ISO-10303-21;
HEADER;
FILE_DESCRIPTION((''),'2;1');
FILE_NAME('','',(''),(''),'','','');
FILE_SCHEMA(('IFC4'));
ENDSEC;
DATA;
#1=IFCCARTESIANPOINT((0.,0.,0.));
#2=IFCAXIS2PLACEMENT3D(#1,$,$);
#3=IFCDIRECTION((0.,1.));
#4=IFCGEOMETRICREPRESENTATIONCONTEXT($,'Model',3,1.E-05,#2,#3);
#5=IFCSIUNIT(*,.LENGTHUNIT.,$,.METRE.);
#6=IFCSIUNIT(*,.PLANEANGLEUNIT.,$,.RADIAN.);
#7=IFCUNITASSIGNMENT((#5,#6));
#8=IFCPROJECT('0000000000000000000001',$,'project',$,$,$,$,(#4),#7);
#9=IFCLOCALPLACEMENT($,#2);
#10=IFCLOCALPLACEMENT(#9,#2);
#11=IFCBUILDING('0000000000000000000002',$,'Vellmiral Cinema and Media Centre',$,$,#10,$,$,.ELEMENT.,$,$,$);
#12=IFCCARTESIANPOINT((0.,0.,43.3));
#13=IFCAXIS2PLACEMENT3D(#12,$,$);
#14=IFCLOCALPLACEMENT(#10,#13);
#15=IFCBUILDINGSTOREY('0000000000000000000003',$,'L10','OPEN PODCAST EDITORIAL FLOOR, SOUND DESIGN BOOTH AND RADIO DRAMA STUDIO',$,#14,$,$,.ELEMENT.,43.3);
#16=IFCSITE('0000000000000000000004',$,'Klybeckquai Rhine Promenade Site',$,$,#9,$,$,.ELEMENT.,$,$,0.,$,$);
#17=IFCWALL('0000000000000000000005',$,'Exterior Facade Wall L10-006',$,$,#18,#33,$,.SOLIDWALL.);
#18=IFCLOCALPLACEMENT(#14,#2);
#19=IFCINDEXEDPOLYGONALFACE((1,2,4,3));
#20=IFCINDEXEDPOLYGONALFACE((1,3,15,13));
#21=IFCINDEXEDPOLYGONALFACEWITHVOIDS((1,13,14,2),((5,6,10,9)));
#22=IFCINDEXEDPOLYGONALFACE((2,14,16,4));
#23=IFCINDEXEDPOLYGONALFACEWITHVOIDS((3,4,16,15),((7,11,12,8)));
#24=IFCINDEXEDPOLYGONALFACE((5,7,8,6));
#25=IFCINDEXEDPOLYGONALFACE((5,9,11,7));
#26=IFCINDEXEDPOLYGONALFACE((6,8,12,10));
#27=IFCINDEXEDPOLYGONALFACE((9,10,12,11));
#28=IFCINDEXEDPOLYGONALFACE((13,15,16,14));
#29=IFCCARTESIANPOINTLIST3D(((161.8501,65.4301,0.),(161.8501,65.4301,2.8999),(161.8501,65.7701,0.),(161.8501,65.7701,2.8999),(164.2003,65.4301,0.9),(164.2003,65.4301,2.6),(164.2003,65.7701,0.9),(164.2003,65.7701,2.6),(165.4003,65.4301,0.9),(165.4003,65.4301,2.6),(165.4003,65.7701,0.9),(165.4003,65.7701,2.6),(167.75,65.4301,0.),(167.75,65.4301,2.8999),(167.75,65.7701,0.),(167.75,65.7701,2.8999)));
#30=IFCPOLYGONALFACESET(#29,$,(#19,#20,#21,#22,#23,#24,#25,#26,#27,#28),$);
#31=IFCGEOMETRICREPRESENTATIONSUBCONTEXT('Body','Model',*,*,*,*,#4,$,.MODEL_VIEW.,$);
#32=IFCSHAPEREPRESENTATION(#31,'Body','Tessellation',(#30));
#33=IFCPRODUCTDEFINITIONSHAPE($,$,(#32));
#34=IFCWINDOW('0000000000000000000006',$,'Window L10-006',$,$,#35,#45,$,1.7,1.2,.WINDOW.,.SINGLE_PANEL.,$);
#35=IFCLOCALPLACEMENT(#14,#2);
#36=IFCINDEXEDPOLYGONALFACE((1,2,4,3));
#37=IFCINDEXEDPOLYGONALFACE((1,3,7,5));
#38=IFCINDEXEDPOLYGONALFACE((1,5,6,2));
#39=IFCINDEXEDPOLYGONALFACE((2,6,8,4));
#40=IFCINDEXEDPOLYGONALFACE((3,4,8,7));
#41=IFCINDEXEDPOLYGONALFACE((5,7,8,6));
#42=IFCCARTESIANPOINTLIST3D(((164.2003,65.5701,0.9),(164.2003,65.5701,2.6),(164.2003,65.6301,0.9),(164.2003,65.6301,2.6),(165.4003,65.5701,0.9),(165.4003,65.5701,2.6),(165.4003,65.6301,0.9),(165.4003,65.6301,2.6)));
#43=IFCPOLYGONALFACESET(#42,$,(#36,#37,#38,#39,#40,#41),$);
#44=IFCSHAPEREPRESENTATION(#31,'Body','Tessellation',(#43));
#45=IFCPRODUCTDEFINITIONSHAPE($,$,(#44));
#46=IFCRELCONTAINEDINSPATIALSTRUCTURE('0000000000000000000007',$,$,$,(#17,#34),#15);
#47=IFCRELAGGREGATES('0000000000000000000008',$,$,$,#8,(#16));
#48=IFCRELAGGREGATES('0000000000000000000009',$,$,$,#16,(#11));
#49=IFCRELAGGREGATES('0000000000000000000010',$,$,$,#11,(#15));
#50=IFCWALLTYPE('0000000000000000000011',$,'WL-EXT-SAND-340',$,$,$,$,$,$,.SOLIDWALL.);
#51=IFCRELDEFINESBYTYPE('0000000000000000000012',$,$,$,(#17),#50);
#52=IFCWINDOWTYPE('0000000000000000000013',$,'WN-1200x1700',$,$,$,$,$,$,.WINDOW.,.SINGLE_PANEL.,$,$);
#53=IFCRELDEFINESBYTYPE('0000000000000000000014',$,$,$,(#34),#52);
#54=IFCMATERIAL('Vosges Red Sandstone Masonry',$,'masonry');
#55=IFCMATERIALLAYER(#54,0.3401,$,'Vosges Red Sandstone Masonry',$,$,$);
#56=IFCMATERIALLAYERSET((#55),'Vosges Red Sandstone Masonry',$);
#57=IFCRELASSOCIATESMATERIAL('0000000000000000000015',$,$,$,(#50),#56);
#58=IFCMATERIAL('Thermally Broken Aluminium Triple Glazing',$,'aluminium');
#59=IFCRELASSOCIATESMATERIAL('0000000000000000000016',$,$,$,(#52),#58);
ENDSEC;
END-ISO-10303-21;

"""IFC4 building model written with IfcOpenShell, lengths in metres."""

from ifc_helpers import new_model, si_unit, direction, frame, frame_2d, origin, place, context, subcontext, project, spatial, rectangle, extrude, material, layer, layer_set, type_object, element, fill, save


model = new_model("IFC4")

# Units and contexts
model_context = context("Model", 3, precision=1e-05, world=origin(), true_north=direction((0.0, 1.0)))
body_context = subcontext(model_context, "Body", "Model", "MODEL_VIEW")
ifc_project = project(units=[si_unit("LENGTHUNIT", "METRE"), si_unit("PLANEANGLEUNIT", "RADIAN")], contexts=[model_context])

# Site, building, storey
site_placement = place(None, origin())
site = spatial("IfcSite", under=ifc_project, at=site_placement, Name="Klybeckquai Rhine Promenade Site", CompositionType="ELEMENT", RefElevation=0.0)
building_placement = place(site_placement, origin())
building = spatial("IfcBuilding", under=site, at=building_placement, Name="Vellmiral Cinema and Media Centre", CompositionType="ELEMENT")
storey_placement = place(building_placement, frame((0.0, 0.0, 43.3)))
storey = spatial("IfcBuildingStorey", under=building, at=storey_placement, Name="L10", Description="OPEN PODCAST EDITORIAL FLOOR, SOUND DESIGN BOOTH AND RADIO DRAMA STUDIO", CompositionType="ELEMENT", Elevation=43.3)

# Wall, opening, window
ifc_material_1 = material(Name="Vosges Red Sandstone Masonry", Category="masonry")
ifc_layer_1 = layer(ifc_material_1, 0.3401, Name="Vosges Red Sandstone Masonry")
ifc_layer_set_1 = layer_set([ifc_layer_1], Name="Vosges Red Sandstone Masonry")
wall_type = type_object("IfcWallType", Name="WL-EXT-SAND-340", PredefinedType="SOLIDWALL", material=ifc_layer_set_1)
wall_placement = place(storey_placement, frame((161.8501, 65.6001, 0.0), z_axis=(0.0, 0.0, 1.0), x_axis=(1.0, 0.0, 0.0)))
wall = element("IfcWall", 1, at=wall_placement, inside=storey, type_object=wall_type, Name="Exterior Facade Wall L10-006", PredefinedType="SOLIDWALL", context=body_context, shape_type="SweptSolid", body=[
    extrude(rectangle(XDim=5.8999, YDim=0.3401, at=frame_2d((2.95, 0.0))), origin(), (0.0, 0.0, 1.0), 2.8999),
])
opening_placement = place(wall_placement, frame((2.3501, 0.0, 0.8999)))
opening = element("IfcOpeningElement", 2, at=opening_placement, cuts=wall, PredefinedType="OPENING", context=body_context, shape_type="SweptSolid", body=[
    extrude(rectangle(XDim=1.2, YDim=1.7, at=frame_2d((0.6001, 0.8501))), frame((0.0, 0.1821, 0.0), z_axis=(0.0, -1.0, 0.0), x_axis=(1.0, 0.0, 0.0)), (0.0, 0.0, 1.0), 0.364),
])
ifc_material_2 = material(Name="Thermally Broken Aluminium Triple Glazing", Category="aluminium")
window_type = type_object("IfcWindowType", Name="WN-1200x1700", PartitioningType="SINGLE_PANEL", PredefinedType="WINDOW", material=ifc_material_2)
window_placement = place(opening_placement, origin())
window = element("IfcWindow", 3, at=window_placement, inside=storey, type_object=window_type, Name="Window L10-006", OverallHeight=1.7, OverallWidth=1.2, PartitioningType="SINGLE_PANEL", PredefinedType="WINDOW", context=body_context, shape_type="SweptSolid", body=[
    extrude(rectangle(XDim=1.2, YDim=1.7, at=frame_2d((0.6001, 0.8501))), frame((0.0, 0.03, 0.0), z_axis=(0.0, -1.0, 0.0), x_axis=(1.0, 0.0, 0.0)), (0.0, 0.0, 1.0), 0.0601),
])
fill(opening, window)

save(model, "model.ifc")
